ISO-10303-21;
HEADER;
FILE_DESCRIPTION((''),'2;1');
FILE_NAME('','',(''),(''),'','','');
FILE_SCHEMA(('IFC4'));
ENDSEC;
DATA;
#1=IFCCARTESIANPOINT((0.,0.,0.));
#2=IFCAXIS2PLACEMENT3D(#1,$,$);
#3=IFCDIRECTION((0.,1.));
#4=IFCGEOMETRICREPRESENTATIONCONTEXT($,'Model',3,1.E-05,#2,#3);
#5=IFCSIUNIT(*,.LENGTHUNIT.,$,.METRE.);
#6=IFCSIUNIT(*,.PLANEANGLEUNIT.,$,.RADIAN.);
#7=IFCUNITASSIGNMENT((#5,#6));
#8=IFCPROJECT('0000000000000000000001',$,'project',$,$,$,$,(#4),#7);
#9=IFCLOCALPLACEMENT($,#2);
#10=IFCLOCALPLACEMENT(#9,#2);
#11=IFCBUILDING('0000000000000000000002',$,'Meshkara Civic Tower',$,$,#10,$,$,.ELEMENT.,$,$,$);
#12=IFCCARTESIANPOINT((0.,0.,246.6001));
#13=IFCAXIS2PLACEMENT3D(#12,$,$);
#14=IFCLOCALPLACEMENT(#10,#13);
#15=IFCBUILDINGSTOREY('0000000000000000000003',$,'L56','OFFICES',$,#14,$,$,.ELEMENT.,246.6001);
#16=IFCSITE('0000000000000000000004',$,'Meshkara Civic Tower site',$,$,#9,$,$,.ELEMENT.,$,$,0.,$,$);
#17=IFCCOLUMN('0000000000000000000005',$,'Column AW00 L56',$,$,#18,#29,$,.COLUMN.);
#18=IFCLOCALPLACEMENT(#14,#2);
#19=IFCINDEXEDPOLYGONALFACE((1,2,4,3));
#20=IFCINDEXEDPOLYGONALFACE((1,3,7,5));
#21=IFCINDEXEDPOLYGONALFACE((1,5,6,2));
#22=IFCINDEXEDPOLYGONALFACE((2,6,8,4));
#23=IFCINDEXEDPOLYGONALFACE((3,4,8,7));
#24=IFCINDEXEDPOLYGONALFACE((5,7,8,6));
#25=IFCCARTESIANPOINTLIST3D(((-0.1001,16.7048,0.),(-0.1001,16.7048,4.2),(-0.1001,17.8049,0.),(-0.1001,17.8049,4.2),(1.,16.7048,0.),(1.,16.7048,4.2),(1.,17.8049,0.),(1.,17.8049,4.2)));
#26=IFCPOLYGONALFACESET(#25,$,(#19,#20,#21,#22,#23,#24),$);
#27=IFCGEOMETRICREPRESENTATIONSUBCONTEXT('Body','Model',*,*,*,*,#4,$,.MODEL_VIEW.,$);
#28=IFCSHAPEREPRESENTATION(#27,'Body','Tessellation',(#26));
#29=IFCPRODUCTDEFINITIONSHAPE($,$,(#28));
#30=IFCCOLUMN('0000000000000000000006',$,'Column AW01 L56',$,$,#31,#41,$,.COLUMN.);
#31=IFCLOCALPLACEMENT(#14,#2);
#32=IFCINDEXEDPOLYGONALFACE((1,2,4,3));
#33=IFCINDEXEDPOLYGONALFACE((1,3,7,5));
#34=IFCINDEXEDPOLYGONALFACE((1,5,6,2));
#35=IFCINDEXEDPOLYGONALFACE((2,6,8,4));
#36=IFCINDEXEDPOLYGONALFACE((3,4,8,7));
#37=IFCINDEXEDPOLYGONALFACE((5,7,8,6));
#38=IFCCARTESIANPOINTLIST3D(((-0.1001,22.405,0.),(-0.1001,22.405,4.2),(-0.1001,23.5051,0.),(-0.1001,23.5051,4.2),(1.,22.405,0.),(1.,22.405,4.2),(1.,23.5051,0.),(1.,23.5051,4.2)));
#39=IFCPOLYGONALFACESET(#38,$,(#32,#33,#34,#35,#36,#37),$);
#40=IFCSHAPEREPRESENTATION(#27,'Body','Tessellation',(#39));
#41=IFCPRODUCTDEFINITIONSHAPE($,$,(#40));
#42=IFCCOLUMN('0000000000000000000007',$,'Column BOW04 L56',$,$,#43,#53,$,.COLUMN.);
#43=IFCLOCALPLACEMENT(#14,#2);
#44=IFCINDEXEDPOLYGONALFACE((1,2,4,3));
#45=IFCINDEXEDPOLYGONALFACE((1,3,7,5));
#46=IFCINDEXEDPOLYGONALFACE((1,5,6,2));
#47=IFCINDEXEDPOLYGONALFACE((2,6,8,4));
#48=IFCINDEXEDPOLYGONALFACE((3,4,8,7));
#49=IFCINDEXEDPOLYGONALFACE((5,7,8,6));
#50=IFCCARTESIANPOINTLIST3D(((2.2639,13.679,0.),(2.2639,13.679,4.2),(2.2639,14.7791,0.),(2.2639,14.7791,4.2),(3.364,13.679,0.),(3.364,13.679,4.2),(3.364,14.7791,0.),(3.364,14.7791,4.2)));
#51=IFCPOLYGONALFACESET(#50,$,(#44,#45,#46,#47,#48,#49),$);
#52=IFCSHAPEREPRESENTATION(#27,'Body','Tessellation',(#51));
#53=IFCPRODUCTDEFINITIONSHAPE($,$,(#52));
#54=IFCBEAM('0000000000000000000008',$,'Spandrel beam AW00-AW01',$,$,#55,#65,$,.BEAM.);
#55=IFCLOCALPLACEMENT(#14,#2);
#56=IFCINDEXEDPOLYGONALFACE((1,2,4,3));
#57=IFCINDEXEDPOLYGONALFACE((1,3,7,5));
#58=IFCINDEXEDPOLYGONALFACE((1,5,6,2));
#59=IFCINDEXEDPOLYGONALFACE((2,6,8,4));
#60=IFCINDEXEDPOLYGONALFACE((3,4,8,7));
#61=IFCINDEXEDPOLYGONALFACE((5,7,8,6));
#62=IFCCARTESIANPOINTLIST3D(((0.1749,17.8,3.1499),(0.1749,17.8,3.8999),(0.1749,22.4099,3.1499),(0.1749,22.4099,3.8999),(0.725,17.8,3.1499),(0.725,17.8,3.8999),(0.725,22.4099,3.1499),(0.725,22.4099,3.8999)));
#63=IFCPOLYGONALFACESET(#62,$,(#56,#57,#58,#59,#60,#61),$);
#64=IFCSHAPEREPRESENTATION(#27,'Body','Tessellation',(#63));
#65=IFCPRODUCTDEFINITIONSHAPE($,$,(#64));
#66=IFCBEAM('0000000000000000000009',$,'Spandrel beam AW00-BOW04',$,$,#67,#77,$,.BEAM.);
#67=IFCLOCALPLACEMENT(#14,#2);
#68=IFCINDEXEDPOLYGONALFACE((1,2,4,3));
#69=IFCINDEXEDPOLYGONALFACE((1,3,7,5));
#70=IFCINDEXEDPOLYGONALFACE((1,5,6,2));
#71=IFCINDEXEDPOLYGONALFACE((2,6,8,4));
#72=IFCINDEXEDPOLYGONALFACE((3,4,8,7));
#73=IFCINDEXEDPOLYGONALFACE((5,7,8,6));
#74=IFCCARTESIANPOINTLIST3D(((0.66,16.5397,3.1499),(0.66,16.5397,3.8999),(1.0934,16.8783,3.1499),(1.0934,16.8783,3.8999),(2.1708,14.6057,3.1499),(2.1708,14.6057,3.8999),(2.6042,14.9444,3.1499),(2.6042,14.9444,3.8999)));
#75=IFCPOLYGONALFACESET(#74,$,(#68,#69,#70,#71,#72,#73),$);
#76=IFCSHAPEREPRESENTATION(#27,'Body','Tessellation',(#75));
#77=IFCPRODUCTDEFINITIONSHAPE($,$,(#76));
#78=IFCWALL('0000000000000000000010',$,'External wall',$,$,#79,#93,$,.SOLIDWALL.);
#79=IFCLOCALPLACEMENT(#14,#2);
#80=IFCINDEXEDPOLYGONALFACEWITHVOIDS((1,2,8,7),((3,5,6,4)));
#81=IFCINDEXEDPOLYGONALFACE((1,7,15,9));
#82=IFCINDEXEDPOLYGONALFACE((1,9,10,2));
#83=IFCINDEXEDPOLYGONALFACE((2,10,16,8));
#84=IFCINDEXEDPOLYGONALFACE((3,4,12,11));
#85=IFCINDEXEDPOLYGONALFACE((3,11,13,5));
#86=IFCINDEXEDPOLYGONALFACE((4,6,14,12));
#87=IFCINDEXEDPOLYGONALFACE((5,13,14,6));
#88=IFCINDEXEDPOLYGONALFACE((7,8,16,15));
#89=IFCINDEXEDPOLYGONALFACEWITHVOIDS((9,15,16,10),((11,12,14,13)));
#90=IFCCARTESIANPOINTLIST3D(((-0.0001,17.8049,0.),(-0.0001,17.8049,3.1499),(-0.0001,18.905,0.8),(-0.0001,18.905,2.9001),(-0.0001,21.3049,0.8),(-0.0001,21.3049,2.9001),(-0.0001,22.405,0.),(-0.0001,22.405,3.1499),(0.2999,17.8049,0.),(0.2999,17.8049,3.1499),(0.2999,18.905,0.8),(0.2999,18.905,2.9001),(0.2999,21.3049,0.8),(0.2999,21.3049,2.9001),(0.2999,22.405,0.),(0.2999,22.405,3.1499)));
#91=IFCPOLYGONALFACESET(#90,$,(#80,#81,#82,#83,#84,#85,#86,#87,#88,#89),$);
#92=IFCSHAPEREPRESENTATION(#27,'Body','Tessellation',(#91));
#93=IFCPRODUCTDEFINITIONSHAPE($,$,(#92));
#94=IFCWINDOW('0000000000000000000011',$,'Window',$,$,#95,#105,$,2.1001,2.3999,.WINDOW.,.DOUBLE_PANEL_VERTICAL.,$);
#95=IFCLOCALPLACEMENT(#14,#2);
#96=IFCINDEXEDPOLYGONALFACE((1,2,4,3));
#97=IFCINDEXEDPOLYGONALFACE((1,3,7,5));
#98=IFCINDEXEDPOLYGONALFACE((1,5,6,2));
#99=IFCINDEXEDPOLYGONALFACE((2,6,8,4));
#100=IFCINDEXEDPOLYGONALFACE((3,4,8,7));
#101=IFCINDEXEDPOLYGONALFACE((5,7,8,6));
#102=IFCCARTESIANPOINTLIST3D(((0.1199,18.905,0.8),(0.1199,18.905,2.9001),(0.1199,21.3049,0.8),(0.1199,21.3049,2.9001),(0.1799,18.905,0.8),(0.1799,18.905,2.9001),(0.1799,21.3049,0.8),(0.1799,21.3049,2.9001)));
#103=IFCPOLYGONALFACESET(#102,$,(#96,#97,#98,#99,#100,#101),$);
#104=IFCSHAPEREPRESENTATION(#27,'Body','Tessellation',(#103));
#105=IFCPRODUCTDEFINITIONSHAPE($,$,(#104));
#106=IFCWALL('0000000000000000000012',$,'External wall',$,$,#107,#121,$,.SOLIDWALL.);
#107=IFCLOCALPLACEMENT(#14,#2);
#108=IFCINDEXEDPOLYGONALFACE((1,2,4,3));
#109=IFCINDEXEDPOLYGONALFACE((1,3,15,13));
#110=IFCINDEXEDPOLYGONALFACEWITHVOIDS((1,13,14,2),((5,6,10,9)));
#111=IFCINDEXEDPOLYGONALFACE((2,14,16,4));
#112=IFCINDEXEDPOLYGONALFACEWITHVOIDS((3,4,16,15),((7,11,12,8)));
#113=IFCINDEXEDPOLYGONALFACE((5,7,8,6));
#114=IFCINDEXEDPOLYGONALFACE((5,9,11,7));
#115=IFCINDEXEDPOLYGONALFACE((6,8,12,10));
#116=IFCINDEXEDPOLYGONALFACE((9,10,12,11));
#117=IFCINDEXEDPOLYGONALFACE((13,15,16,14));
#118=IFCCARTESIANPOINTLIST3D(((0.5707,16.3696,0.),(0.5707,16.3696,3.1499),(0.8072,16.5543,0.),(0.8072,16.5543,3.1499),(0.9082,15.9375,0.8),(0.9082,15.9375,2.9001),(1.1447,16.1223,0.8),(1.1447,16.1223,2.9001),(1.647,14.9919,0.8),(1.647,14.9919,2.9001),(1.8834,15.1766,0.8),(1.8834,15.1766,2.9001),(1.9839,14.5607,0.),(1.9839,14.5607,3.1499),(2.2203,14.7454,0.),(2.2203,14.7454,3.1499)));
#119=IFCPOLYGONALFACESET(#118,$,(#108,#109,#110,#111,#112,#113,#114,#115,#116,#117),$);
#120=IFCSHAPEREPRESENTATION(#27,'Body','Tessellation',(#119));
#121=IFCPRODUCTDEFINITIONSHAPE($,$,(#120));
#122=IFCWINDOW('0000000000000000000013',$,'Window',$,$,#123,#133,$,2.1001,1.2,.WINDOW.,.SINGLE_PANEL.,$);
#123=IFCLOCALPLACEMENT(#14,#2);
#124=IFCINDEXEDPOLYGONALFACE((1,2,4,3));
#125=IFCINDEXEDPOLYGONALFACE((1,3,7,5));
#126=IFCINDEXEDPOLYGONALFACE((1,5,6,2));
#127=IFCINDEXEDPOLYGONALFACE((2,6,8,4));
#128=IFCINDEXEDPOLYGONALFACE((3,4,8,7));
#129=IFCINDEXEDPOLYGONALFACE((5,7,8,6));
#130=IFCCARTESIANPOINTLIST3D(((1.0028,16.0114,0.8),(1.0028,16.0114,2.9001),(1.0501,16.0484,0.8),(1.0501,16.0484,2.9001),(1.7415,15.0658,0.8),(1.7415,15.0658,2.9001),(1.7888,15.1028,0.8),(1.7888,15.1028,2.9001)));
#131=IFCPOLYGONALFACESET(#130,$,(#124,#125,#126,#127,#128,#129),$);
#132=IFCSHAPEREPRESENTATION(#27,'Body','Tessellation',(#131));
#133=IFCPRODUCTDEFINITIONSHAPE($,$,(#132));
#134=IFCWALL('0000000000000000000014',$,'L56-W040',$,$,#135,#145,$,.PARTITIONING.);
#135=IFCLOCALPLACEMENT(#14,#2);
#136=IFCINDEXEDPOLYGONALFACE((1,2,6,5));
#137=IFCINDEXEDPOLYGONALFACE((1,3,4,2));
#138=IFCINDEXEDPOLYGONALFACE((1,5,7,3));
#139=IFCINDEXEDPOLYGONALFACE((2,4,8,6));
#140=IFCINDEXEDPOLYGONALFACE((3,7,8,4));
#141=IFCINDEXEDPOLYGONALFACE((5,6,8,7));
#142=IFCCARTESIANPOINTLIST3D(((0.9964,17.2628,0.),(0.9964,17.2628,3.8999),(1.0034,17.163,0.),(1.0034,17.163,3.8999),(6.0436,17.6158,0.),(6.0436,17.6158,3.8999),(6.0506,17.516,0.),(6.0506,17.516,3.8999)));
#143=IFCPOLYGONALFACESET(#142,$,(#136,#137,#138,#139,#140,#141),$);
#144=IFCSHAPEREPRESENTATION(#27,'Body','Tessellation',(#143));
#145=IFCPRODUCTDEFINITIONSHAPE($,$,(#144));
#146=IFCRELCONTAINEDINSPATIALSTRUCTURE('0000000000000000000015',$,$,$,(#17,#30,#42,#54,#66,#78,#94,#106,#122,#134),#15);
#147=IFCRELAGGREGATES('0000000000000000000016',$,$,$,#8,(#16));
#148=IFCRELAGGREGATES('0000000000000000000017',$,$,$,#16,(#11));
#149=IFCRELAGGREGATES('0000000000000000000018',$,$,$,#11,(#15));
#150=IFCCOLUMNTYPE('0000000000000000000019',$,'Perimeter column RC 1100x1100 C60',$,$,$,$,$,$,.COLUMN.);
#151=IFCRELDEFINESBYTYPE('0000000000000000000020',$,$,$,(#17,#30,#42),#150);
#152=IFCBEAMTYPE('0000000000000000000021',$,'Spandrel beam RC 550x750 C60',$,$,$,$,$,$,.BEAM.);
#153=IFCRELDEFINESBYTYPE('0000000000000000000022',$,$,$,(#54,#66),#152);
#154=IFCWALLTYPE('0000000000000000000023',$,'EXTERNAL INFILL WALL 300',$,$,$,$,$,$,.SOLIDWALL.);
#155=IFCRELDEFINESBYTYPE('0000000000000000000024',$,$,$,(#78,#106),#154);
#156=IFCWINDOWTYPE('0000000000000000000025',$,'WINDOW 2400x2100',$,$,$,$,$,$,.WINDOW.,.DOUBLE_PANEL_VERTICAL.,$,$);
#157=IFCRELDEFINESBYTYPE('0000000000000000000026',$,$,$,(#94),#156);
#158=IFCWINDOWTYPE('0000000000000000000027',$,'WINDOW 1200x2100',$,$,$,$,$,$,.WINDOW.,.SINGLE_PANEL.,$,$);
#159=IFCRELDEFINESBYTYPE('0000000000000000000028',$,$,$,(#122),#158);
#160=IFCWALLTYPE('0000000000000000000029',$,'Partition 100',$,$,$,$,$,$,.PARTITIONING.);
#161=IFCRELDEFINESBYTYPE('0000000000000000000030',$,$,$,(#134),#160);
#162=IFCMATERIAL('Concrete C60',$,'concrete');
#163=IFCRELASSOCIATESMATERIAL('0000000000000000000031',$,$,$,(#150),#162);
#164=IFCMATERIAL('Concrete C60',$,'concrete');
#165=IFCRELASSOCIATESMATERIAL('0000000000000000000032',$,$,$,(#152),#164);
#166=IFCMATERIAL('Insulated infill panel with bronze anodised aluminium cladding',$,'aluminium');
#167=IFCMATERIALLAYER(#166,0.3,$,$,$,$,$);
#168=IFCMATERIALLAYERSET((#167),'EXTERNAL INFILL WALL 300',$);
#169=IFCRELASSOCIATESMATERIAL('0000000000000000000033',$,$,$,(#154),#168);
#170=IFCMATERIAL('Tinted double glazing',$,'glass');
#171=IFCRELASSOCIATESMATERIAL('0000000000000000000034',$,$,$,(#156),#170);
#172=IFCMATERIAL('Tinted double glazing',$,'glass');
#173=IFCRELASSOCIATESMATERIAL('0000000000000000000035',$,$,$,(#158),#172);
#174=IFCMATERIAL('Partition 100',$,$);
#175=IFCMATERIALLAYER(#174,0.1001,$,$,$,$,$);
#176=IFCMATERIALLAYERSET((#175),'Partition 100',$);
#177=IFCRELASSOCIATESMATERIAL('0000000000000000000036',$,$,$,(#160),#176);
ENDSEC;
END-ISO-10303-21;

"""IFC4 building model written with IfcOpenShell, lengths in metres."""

from ifc_helpers import new_model, si_unit, direction, frame, frame_2d, origin, origin_2d, place, context, subcontext, project, spatial, rectangle, extrude, material, layer, layer_set, material_profile, profile_set, type_object, element, fill, save


model = new_model("IFC4")

# Units and contexts
model_context = context("Model", 3, precision=1e-05, world=origin(), true_north=direction((0.0, 1.0)))
body_context = subcontext(model_context, "Body", "Model", "MODEL_VIEW")
ifc_project = project(units=[si_unit("LENGTHUNIT", "METRE"), si_unit("PLANEANGLEUNIT", "RADIAN")], contexts=[model_context])

# Site, building, storey
site_placement = place(None, origin())
site = spatial("IfcSite", under=ifc_project, at=site_placement, Name="Meshkara Civic Tower site", CompositionType="ELEMENT", RefElevation=0.0)
building_placement = place(site_placement, origin())
building = spatial("IfcBuilding", under=site, at=building_placement, Name="Meshkara Civic Tower", CompositionType="ELEMENT")
storey_placement = place(building_placement, frame((0.0, 0.0, 246.6001)))
storey = spatial("IfcBuildingStorey", under=building, at=storey_placement, Name="L56", Description="OFFICES", CompositionType="ELEMENT", Elevation=246.6001)

# Columns
ifc_material_1 = material(Name="Concrete C60", Category="concrete")
ifc_material_profile_1 = material_profile(ifc_material_1, rectangle(XDim=1.1001, YDim=1.1001, at=origin_2d()))
ifc_profile_set_1 = profile_set([ifc_material_profile_1], Name="Concrete C60")
column_type = type_object("IfcColumnType", Name="Perimeter column RC 1100x1100 C60", PredefinedType="COLUMN", material=ifc_profile_set_1)
for number, where, z_axis, x_axis, name in (
    (1, (0.45, 17.2549, 0.0), (0.0, 0.0, 1.0), (1.0, 0.0, 0.0), "Column AW00 L56"),
    (2, (0.45, 22.9551, 0.0), (0.0, 0.0, 1.0), (1.0, 0.0, 0.0), "Column AW01 L56"),
    (3, (2.814, 14.229, 0.0), (0.0, 0.0, 1.0), (1.0, 0.0, 0.0), "Column BOW04 L56"),
):
    element("IfcColumn", number, at=place(storey_placement, frame(where, z_axis=z_axis, x_axis=x_axis)), inside=storey, type_object=column_type, Name=name, PredefinedType="COLUMN", context=body_context, shape_type="SweptSolid", body=[
        extrude(rectangle(XDim=1.1001, YDim=1.1001, at=origin_2d()), origin(), (0.0, 0.0, 1.0), 4.2),
    ])

# Beams
ifc_material_2 = material(Name="Concrete C60", Category="concrete")
ifc_material_profile_2 = material_profile(ifc_material_2, rectangle(XDim=0.55, YDim=0.75, at=origin_2d()))
ifc_profile_set_2 = profile_set([ifc_material_profile_2], Name="Concrete C60")
beam_type = type_object("IfcBeamType", Name="Spandrel beam RC 550x750 C60", PredefinedType="BEAM", material=ifc_profile_set_2)
beam_1_placement = place(storey_placement, frame((0.45, 22.4099, 3.5249), z_axis=(0.0, -1.0, 0.0), x_axis=(1.0, 0.0, 0.0)))
element("IfcBeam", 4, at=beam_1_placement, inside=storey, type_object=beam_type, Name="Spandrel beam AW00-AW01", PredefinedType="BEAM", context=body_context, shape_type="SweptSolid", body=[
    extrude(rectangle(XDim=0.55, YDim=0.75, at=origin_2d()), origin(), (0.0, 0.0, 1.0), 4.6099),
])
beam_2_placement = place(storey_placement, frame((0.8767, 16.709, 3.5249), z_axis=(0.615627, -0.788038, 0.0), x_axis=(0.788038, 0.615627, 0.0)))
element("IfcBeam", 5, at=beam_2_placement, inside=storey, type_object=beam_type, Name="Spandrel beam AW00-BOW04", PredefinedType="BEAM", context=body_context, shape_type="SweptSolid", body=[
    extrude(rectangle(XDim=0.55, YDim=0.75, at=origin_2d()), origin(), (0.0, 0.0, 1.0), 2.4541),
])

# Walls, openings, windows
ifc_material_3 = material(Name="Insulated infill panel with bronze anodised aluminium cladding", Category="aluminium")
ifc_layer_1 = layer(ifc_material_3, 0.3)
ifc_layer_set_1 = layer_set([ifc_layer_1], Name="EXTERNAL INFILL WALL 300")
wall_type_1 = type_object("IfcWallType", Name="EXTERNAL INFILL WALL 300", PredefinedType="SOLIDWALL", material=ifc_layer_set_1)
wall_1_placement = place(storey_placement, frame((0.1499, 22.405, 0.0), z_axis=(0.0, 0.0, 1.0), x_axis=(0.0, -1.0, 0.0)))
wall_1 = element("IfcWall", 6, at=wall_1_placement, inside=storey, type_object=wall_type_1, Name="External wall", PredefinedType="SOLIDWALL", context=body_context, shape_type="SweptSolid", body=[
    extrude(rectangle(XDim=4.6001, YDim=0.3, at=frame_2d((2.3, 0.0))), origin(), (0.0, 0.0, 1.0), 3.1499),
])
opening_1_placement = place(wall_1_placement, frame((1.1001, 0.0, 0.8)))
opening_1 = element("IfcOpeningElement", 7, at=opening_1_placement, cuts=wall_1, PredefinedType="OPENING", context=body_context, shape_type="SweptSolid", body=[
    extrude(rectangle(XDim=2.3999, YDim=2.1001, at=frame_2d((1.2, 1.05))), frame((0.0, 0.1599, 0.0), z_axis=(0.0, -1.0, 0.0), x_axis=(1.0, 0.0, 0.0)), (0.0, 0.0, 1.0), 0.3201),
])
ifc_material_4 = material(Name="Tinted double glazing", Category="glass")
window_type_1 = type_object("IfcWindowType", Name="WINDOW 2400x2100", PartitioningType="DOUBLE_PANEL_VERTICAL", PredefinedType="WINDOW", material=ifc_material_4)
window_1_placement = place(opening_1_placement, origin())
window_1 = element("IfcWindow", 8, at=window_1_placement, inside=storey, type_object=window_type_1, Name="Window", OverallHeight=2.1001, OverallWidth=2.3999, PartitioningType="DOUBLE_PANEL_VERTICAL", PredefinedType="WINDOW", context=body_context, shape_type="SweptSolid", body=[
    extrude(rectangle(XDim=2.3999, YDim=2.1001, at=frame_2d((1.2, 1.05))), frame((0.0, 0.03, 0.0), z_axis=(0.0, -1.0, 0.0), x_axis=(1.0, 0.0, 0.0)), (0.0, 0.0, 1.0), 0.0601),
])
fill(opening_1, window_1)
wall_2_placement = place(storey_placement, frame((0.689, 16.4619, 0.0), z_axis=(0.0, 0.0, 1.0), x_axis=(0.615625, -0.788039, 0.0)))
wall_2 = element("IfcWall", 9, at=wall_2_placement, inside=storey, type_object=wall_type_1, Name="External wall", PredefinedType="SOLIDWALL", context=body_context, shape_type="SweptSolid", body=[
    extrude(rectangle(XDim=2.2954, YDim=0.3, at=frame_2d((1.1477, 0.0))), origin(), (0.0, 0.0, 1.0), 3.1499),
])
opening_2_placement = place(wall_2_placement, frame((0.5481, 0.0, 0.8)))
opening_2 = element("IfcOpeningElement", 10, at=opening_2_placement, cuts=wall_2, PredefinedType="OPENING", context=body_context, shape_type="SweptSolid", body=[
    extrude(rectangle(XDim=1.2, YDim=2.1001, at=frame_2d((0.6001, 1.05))), frame((0.0, 0.1599, 0.0), z_axis=(0.0, -1.0, 0.0), x_axis=(1.0, 0.0, 0.0)), (0.0, 0.0, 1.0), 0.3201),
])
ifc_material_5 = material(Name="Tinted double glazing", Category="glass")
window_type_2 = type_object("IfcWindowType", Name="WINDOW 1200x2100", PartitioningType="SINGLE_PANEL", PredefinedType="WINDOW", material=ifc_material_5)
window_2_placement = place(opening_2_placement, origin())
window_2 = element("IfcWindow", 11, at=window_2_placement, inside=storey, type_object=window_type_2, Name="Window", OverallHeight=2.1001, OverallWidth=1.2, PartitioningType="SINGLE_PANEL", PredefinedType="WINDOW", context=body_context, shape_type="SweptSolid", body=[
    extrude(rectangle(XDim=1.2, YDim=2.1001, at=frame_2d((0.6001, 1.05))), frame((0.0, 0.03, 0.0), z_axis=(0.0, -1.0, 0.0), x_axis=(1.0, 0.0, 0.0)), (0.0, 0.0, 1.0), 0.0601),
])
fill(opening_2, window_2)

# Wall
ifc_material_6 = material(Name="Partition 100")
ifc_layer_2 = layer(ifc_material_6, 0.1001)
ifc_layer_set_2 = layer_set([ifc_layer_2], Name="Partition 100")
wall_type_2 = type_object("IfcWallType", Name="Partition 100", PredefinedType="PARTITIONING", material=ifc_layer_set_2)
wall_3_placement = place(storey_placement, frame((6.0471, 17.5659, 0.0), z_axis=(0.0, 0.0, 1.0), x_axis=(-0.997563, -0.069776, 0.0)))
element("IfcWall", 12, at=wall_3_placement, inside=storey, type_object=wall_type_2, Name="L56-W040", PredefinedType="PARTITIONING", context=body_context, shape_type="SweptSolid", body=[
    extrude(rectangle(XDim=5.0596, YDim=0.1001, at=frame_2d((2.5298, 0.0))), origin(), (0.0, 0.0, 1.0), 3.8999),
])

save(model, "model.ifc")
